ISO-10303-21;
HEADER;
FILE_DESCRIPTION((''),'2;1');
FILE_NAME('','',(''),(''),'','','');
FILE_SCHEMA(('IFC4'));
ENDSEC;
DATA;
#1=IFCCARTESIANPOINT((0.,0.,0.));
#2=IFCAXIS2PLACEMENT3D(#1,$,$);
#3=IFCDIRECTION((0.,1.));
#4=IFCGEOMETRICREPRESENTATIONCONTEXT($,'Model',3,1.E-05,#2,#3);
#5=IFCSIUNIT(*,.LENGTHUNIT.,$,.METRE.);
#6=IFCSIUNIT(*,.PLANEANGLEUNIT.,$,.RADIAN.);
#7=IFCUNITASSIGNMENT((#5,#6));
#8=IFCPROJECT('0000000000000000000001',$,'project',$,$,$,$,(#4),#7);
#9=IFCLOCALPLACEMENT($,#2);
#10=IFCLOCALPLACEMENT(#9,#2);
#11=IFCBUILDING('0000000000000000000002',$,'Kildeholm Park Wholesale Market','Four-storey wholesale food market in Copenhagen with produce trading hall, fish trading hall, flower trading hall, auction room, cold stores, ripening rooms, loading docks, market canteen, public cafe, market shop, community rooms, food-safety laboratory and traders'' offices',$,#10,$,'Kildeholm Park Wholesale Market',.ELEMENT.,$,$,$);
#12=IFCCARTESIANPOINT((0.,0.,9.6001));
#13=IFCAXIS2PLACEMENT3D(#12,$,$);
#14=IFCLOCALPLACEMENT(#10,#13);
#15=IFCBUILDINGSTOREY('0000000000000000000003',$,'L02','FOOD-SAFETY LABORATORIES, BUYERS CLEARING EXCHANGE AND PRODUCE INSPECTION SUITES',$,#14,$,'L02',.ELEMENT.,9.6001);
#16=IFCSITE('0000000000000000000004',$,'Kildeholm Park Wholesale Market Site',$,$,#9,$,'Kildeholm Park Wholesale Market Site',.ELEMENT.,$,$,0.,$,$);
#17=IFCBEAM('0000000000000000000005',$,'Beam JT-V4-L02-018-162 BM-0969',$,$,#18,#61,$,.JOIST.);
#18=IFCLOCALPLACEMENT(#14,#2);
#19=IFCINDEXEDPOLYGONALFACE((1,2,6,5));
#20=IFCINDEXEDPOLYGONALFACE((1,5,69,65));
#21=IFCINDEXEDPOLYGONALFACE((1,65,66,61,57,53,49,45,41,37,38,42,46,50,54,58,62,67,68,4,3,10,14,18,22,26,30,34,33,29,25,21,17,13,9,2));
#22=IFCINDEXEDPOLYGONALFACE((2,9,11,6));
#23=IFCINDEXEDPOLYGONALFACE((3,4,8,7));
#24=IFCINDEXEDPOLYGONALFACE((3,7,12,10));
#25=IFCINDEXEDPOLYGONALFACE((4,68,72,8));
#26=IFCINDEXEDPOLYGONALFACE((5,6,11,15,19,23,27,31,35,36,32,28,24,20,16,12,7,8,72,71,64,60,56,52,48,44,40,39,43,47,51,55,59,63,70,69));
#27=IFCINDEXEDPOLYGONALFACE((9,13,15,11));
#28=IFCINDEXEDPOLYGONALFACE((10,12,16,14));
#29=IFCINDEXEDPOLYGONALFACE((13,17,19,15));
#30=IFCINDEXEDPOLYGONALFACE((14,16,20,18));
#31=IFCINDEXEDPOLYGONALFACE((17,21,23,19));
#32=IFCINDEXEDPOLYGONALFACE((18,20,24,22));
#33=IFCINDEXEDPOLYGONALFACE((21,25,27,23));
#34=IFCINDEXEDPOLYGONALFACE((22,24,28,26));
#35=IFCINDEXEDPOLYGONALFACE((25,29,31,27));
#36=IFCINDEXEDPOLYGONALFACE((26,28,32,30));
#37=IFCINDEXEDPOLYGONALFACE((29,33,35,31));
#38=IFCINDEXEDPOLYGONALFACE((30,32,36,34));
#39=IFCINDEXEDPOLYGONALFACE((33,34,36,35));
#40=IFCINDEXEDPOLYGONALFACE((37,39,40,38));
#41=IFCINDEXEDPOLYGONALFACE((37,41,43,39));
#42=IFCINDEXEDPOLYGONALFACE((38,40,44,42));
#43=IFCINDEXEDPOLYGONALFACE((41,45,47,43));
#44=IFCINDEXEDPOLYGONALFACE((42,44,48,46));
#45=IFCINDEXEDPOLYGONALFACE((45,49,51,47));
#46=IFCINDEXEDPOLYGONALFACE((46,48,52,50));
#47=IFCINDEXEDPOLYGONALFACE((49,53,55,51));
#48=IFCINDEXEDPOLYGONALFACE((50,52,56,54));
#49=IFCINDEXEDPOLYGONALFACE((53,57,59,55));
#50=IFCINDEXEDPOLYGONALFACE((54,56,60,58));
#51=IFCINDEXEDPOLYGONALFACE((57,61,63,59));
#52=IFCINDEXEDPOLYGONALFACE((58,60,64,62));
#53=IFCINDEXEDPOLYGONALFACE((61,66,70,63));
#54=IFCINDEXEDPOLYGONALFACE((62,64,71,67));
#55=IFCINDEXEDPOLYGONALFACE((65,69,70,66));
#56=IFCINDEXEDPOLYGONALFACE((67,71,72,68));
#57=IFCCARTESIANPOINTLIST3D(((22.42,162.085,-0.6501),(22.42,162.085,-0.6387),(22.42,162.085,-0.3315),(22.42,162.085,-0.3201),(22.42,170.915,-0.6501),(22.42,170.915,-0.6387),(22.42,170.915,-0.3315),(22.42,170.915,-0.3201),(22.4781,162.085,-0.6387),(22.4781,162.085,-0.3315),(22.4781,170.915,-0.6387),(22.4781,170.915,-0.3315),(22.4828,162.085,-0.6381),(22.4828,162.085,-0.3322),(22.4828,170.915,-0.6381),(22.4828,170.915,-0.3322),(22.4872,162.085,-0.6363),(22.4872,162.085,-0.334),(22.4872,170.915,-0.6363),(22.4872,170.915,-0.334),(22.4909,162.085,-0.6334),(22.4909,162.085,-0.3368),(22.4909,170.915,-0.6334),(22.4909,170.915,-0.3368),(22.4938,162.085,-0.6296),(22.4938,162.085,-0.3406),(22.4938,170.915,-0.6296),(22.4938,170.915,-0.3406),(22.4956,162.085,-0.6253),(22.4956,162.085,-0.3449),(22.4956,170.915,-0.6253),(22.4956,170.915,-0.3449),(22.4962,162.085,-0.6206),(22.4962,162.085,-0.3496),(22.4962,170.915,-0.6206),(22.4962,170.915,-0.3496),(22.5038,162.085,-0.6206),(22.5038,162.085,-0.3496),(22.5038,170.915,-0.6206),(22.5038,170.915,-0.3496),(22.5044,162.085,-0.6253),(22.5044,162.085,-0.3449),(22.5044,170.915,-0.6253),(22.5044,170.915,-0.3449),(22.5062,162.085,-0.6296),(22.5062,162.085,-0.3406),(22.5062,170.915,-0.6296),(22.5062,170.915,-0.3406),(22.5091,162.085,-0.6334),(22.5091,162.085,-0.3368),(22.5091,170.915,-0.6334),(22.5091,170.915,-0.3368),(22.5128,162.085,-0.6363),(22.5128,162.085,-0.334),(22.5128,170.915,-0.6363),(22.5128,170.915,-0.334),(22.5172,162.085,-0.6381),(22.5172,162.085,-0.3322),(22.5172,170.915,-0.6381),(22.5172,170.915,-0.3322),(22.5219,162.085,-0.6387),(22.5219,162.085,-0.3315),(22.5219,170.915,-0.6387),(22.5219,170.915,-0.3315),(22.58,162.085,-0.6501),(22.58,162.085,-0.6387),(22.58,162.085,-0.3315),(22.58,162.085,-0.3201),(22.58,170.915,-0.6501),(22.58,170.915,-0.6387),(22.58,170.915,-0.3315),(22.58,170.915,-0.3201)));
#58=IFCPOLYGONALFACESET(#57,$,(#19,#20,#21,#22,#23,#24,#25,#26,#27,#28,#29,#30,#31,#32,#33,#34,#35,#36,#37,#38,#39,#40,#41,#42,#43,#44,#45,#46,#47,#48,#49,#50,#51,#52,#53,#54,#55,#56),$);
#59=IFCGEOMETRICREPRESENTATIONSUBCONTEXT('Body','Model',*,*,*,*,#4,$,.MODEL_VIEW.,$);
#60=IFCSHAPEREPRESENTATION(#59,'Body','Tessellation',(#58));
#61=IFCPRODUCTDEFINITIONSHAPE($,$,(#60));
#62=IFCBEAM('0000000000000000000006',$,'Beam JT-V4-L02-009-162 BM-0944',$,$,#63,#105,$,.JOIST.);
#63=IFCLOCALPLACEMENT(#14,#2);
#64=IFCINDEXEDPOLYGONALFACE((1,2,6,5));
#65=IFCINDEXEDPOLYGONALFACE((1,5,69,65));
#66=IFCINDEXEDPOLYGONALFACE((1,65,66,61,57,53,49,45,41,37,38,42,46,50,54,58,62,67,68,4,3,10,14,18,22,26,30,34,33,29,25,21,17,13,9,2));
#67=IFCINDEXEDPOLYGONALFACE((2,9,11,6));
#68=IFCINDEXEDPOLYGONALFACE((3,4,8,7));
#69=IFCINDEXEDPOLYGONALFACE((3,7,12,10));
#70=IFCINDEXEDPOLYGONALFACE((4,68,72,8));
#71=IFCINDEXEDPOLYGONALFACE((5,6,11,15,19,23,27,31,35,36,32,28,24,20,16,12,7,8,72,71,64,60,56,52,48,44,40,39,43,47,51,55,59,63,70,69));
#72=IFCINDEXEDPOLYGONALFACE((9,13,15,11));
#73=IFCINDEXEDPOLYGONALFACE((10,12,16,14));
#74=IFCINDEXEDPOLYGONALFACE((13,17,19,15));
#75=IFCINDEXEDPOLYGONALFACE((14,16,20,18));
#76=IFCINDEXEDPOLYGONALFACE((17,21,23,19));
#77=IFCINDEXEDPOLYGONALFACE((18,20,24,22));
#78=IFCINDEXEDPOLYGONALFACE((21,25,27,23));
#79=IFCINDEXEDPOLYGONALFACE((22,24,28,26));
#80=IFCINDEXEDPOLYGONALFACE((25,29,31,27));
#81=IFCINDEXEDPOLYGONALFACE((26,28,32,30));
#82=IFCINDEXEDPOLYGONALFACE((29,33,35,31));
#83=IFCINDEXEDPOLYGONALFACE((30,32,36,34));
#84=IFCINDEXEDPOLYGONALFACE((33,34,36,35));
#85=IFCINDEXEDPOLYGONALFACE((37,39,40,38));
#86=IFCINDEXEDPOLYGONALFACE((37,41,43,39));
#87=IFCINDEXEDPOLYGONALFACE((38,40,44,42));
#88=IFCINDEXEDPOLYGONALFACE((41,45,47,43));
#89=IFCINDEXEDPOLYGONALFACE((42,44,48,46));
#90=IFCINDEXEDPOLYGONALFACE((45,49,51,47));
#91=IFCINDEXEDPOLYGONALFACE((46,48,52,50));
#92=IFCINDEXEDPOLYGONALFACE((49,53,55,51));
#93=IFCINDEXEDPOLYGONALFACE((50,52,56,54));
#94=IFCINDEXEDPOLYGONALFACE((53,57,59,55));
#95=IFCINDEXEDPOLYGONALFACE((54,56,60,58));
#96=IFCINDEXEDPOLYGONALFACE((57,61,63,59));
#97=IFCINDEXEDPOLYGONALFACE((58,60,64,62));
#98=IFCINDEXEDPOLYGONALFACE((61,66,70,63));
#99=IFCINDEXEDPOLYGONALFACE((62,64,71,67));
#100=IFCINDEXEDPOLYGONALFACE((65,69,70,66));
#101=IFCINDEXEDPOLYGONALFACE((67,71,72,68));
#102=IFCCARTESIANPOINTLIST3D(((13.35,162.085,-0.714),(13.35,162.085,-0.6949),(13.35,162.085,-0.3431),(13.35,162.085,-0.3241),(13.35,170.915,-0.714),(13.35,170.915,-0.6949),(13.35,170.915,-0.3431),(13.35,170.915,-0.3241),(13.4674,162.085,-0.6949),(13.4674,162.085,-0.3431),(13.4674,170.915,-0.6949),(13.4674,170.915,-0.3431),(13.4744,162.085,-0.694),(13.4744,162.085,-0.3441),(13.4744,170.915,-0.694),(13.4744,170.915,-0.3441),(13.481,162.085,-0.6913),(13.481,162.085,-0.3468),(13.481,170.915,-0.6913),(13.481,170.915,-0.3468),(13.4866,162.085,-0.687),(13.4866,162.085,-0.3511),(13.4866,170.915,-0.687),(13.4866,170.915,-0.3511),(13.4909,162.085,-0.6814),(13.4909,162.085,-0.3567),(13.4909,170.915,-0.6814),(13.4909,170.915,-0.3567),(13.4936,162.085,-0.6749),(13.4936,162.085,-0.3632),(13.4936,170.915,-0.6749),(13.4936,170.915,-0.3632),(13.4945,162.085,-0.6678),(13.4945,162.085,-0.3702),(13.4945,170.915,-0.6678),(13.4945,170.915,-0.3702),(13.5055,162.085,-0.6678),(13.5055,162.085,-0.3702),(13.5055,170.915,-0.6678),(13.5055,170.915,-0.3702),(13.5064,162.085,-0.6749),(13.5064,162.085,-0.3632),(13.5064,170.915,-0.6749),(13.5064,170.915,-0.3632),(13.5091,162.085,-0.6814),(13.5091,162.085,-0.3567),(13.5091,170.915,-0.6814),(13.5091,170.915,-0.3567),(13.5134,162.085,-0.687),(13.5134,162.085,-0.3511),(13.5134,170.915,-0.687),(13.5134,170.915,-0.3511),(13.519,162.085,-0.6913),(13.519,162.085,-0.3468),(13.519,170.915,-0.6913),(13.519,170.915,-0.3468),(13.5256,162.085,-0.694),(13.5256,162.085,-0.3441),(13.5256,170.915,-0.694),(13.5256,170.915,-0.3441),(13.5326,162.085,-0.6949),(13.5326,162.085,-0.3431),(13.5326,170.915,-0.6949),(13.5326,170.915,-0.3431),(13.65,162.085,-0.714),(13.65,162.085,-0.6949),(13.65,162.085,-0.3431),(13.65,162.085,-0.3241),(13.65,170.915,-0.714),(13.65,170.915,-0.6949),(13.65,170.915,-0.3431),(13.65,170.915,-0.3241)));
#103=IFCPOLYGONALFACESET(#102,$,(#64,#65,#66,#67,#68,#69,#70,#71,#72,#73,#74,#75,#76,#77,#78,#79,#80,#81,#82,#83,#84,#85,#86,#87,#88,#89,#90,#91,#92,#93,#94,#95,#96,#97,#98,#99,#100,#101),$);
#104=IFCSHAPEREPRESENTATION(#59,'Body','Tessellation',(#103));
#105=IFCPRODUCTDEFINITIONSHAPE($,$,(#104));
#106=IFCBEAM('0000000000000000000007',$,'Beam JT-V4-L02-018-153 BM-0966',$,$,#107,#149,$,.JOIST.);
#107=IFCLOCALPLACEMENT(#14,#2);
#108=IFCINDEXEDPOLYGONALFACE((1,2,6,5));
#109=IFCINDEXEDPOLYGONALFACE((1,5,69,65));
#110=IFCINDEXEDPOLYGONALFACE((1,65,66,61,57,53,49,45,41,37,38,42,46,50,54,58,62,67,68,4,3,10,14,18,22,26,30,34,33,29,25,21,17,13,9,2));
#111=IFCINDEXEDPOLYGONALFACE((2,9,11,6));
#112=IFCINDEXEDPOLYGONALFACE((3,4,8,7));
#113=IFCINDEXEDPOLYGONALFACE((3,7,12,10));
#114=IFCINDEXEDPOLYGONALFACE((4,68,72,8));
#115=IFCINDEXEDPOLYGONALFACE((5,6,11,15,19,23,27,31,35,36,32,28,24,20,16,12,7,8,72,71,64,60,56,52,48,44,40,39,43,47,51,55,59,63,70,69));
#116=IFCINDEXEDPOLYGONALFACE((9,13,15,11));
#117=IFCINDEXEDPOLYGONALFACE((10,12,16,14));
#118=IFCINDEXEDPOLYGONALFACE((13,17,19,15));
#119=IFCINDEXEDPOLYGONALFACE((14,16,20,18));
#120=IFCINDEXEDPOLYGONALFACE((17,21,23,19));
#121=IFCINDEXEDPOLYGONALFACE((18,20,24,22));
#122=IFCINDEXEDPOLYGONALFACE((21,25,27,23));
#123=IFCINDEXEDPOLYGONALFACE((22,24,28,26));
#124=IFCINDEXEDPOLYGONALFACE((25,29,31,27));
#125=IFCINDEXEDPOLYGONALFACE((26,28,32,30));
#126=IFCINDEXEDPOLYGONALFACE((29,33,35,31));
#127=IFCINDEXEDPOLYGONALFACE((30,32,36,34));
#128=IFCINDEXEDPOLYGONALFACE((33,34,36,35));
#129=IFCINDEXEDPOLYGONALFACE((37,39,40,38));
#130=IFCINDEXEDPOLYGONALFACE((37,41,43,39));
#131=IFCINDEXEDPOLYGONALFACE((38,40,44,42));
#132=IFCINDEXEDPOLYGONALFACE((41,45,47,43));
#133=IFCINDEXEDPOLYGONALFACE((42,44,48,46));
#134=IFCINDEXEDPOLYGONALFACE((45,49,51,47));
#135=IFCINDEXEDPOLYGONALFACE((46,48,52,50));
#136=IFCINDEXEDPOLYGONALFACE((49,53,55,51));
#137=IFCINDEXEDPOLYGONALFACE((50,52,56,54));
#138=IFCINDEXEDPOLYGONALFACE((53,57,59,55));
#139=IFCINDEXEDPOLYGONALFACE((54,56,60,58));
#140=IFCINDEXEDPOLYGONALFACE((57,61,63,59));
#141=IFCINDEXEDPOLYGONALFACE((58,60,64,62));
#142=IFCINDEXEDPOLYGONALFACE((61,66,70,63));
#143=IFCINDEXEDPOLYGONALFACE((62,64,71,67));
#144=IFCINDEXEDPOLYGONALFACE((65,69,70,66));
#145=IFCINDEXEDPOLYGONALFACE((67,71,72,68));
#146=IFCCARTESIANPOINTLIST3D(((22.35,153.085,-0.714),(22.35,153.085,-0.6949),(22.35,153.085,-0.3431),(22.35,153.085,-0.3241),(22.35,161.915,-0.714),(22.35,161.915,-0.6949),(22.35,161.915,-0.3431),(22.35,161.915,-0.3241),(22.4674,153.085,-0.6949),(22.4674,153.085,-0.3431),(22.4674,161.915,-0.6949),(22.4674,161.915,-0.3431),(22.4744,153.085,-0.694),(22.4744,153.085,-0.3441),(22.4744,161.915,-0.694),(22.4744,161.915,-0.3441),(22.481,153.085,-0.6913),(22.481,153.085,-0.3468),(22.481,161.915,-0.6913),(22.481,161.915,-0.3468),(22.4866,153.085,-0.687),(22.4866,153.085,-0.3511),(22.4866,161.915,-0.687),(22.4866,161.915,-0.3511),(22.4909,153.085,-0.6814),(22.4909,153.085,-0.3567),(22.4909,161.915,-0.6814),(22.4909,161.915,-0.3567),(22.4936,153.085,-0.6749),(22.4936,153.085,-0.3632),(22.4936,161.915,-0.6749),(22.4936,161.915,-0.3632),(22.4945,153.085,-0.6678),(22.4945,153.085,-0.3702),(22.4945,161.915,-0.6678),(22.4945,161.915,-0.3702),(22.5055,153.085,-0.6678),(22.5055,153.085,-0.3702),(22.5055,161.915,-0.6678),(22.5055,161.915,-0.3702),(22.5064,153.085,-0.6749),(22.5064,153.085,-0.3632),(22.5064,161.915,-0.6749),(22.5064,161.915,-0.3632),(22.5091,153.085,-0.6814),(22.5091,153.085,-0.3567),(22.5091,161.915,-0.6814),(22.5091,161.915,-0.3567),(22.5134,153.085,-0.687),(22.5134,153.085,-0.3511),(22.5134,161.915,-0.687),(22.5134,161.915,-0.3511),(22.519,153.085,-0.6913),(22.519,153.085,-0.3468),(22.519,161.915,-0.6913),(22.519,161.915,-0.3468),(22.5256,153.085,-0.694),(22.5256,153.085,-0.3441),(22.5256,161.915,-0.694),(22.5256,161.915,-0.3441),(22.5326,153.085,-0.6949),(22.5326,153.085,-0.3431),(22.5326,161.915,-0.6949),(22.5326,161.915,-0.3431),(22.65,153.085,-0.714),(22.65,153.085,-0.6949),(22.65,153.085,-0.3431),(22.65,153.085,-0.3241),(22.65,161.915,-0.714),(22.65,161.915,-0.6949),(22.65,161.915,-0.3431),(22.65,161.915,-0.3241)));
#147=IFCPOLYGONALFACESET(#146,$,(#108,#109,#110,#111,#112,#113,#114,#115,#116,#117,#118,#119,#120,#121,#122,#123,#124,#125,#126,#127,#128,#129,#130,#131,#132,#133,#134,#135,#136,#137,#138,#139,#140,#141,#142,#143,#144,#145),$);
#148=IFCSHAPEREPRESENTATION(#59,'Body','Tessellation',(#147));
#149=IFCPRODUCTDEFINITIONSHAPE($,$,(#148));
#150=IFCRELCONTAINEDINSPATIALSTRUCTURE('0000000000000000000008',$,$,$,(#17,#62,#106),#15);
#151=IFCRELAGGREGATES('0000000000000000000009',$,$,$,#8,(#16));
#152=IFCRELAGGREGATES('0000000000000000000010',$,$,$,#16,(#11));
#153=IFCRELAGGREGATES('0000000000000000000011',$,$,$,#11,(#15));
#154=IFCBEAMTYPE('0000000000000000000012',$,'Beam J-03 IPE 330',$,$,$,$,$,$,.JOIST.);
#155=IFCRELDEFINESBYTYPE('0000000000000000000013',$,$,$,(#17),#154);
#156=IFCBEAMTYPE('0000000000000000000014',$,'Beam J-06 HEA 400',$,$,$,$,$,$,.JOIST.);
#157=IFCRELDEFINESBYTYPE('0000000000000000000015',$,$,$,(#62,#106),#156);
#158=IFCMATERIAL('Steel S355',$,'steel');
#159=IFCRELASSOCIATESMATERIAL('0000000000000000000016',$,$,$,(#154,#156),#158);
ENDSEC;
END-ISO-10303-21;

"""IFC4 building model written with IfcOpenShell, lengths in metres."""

from ifc_helpers import new_model, si_unit, direction, frame, origin, origin_2d, place, context, subcontext, project, spatial, i_section, extrude, material, material_profile, profile_set, type_object, element, save


model = new_model("IFC4")

# Units and contexts
model_context = context("Model", 3, precision=1e-05, world=origin(), true_north=direction((0.0, 1.0)))
body_context = subcontext(model_context, "Body", "Model", "MODEL_VIEW")
ifc_project = project(units=[si_unit("LENGTHUNIT", "METRE"), si_unit("PLANEANGLEUNIT", "RADIAN")], contexts=[model_context])

# Site, building, storey
site_placement = place(None, origin())
site = spatial("IfcSite", under=ifc_project, at=site_placement, Name="Kildeholm Park Wholesale Market Site", LongName="Kildeholm Park Wholesale Market Site", CompositionType="ELEMENT", RefElevation=0.0)
building_placement = place(site_placement, origin())
building = spatial("IfcBuilding", under=site, at=building_placement, Name="Kildeholm Park Wholesale Market", Description="Four-storey wholesale food market in Copenhagen with produce trading hall, fish trading hall, flower trading hall, auction room, cold stores, ripening rooms, loading docks, market canteen, public cafe, market shop, community rooms, food-safety laboratory and traders' offices", LongName="Kildeholm Park Wholesale Market", CompositionType="ELEMENT")
storey_placement = place(building_placement, frame((0.0, 0.0, 9.6001)))
storey = spatial("IfcBuildingStorey", under=building, at=storey_placement, Name="L02", Description="FOOD-SAFETY LABORATORIES, BUYERS CLEARING EXCHANGE AND PRODUCE INSPECTION SUITES", LongName="L02", CompositionType="ELEMENT", Elevation=9.6001)

# Beams
ifc_material_1 = material(Name="Steel S355", Category="steel")
ifc_material_profile_1 = material_profile(ifc_material_1, i_section(OverallWidth=0.1599, OverallDepth=0.3301, WebThickness=0.0076, FlangeThickness=0.0115, FilletRadius=0.0181, at=origin_2d()), Name="IPE 330")
ifc_profile_set_1 = profile_set([ifc_material_profile_1], Name="Steel S355")
beam_type_1 = type_object("IfcBeamType", Name="Beam J-03 IPE 330", PredefinedType="JOIST", material=ifc_profile_set_1)
for number, where, z_axis, x_axis, name in (
    (1, (22.5, 162.085, -0.4851), (0.0, 1.0, 0.0), (-1.0, 0.0, 0.0), "Beam JT-V4-L02-018-162 BM-0969"),
):
    element("IfcBeam", number, at=place(storey_placement, frame(where, z_axis=z_axis, x_axis=x_axis)), inside=storey, type_object=beam_type_1, Name=name, PredefinedType="JOIST", context=body_context, shape_type="SweptSolid", body=[
        extrude(i_section(OverallWidth=0.1599, OverallDepth=0.3301, WebThickness=0.0076, FlangeThickness=0.0115, FilletRadius=0.0181, at=origin_2d()), origin(), (0.0, 0.0, 1.0), 8.8301),
    ])
ifc_material_profile_2 = material_profile(ifc_material_1, i_section(OverallWidth=0.3, OverallDepth=0.3899, WebThickness=0.011, FlangeThickness=0.019, FilletRadius=0.0271, at=origin_2d()), Name="HEA 400")
ifc_profile_set_2 = profile_set([ifc_material_profile_2], Name="Steel S355")
beam_type_2 = type_object("IfcBeamType", Name="Beam J-06 HEA 400", PredefinedType="JOIST", material=ifc_profile_set_2)
for number, where, z_axis, x_axis, name in (
    (2, (13.5, 162.085, -0.519), (0.0, 1.0, 0.0), (-1.0, 0.0, 0.0), "Beam JT-V4-L02-009-162 BM-0944"),
    (3, (22.5, 153.085, -0.519), (0.0, 1.0, 0.0), (-1.0, 0.0, 0.0), "Beam JT-V4-L02-018-153 BM-0966"),
):
    element("IfcBeam", number, at=place(storey_placement, frame(where, z_axis=z_axis, x_axis=x_axis)), inside=storey, type_object=beam_type_2, Name=name, PredefinedType="JOIST", context=body_context, shape_type="SweptSolid", body=[
        extrude(i_section(OverallWidth=0.3, OverallDepth=0.3899, WebThickness=0.011, FlangeThickness=0.019, FilletRadius=0.0271, at=origin_2d()), origin(), (0.0, 0.0, 1.0), 8.8301),
    ])

save(model, "model.ifc")
